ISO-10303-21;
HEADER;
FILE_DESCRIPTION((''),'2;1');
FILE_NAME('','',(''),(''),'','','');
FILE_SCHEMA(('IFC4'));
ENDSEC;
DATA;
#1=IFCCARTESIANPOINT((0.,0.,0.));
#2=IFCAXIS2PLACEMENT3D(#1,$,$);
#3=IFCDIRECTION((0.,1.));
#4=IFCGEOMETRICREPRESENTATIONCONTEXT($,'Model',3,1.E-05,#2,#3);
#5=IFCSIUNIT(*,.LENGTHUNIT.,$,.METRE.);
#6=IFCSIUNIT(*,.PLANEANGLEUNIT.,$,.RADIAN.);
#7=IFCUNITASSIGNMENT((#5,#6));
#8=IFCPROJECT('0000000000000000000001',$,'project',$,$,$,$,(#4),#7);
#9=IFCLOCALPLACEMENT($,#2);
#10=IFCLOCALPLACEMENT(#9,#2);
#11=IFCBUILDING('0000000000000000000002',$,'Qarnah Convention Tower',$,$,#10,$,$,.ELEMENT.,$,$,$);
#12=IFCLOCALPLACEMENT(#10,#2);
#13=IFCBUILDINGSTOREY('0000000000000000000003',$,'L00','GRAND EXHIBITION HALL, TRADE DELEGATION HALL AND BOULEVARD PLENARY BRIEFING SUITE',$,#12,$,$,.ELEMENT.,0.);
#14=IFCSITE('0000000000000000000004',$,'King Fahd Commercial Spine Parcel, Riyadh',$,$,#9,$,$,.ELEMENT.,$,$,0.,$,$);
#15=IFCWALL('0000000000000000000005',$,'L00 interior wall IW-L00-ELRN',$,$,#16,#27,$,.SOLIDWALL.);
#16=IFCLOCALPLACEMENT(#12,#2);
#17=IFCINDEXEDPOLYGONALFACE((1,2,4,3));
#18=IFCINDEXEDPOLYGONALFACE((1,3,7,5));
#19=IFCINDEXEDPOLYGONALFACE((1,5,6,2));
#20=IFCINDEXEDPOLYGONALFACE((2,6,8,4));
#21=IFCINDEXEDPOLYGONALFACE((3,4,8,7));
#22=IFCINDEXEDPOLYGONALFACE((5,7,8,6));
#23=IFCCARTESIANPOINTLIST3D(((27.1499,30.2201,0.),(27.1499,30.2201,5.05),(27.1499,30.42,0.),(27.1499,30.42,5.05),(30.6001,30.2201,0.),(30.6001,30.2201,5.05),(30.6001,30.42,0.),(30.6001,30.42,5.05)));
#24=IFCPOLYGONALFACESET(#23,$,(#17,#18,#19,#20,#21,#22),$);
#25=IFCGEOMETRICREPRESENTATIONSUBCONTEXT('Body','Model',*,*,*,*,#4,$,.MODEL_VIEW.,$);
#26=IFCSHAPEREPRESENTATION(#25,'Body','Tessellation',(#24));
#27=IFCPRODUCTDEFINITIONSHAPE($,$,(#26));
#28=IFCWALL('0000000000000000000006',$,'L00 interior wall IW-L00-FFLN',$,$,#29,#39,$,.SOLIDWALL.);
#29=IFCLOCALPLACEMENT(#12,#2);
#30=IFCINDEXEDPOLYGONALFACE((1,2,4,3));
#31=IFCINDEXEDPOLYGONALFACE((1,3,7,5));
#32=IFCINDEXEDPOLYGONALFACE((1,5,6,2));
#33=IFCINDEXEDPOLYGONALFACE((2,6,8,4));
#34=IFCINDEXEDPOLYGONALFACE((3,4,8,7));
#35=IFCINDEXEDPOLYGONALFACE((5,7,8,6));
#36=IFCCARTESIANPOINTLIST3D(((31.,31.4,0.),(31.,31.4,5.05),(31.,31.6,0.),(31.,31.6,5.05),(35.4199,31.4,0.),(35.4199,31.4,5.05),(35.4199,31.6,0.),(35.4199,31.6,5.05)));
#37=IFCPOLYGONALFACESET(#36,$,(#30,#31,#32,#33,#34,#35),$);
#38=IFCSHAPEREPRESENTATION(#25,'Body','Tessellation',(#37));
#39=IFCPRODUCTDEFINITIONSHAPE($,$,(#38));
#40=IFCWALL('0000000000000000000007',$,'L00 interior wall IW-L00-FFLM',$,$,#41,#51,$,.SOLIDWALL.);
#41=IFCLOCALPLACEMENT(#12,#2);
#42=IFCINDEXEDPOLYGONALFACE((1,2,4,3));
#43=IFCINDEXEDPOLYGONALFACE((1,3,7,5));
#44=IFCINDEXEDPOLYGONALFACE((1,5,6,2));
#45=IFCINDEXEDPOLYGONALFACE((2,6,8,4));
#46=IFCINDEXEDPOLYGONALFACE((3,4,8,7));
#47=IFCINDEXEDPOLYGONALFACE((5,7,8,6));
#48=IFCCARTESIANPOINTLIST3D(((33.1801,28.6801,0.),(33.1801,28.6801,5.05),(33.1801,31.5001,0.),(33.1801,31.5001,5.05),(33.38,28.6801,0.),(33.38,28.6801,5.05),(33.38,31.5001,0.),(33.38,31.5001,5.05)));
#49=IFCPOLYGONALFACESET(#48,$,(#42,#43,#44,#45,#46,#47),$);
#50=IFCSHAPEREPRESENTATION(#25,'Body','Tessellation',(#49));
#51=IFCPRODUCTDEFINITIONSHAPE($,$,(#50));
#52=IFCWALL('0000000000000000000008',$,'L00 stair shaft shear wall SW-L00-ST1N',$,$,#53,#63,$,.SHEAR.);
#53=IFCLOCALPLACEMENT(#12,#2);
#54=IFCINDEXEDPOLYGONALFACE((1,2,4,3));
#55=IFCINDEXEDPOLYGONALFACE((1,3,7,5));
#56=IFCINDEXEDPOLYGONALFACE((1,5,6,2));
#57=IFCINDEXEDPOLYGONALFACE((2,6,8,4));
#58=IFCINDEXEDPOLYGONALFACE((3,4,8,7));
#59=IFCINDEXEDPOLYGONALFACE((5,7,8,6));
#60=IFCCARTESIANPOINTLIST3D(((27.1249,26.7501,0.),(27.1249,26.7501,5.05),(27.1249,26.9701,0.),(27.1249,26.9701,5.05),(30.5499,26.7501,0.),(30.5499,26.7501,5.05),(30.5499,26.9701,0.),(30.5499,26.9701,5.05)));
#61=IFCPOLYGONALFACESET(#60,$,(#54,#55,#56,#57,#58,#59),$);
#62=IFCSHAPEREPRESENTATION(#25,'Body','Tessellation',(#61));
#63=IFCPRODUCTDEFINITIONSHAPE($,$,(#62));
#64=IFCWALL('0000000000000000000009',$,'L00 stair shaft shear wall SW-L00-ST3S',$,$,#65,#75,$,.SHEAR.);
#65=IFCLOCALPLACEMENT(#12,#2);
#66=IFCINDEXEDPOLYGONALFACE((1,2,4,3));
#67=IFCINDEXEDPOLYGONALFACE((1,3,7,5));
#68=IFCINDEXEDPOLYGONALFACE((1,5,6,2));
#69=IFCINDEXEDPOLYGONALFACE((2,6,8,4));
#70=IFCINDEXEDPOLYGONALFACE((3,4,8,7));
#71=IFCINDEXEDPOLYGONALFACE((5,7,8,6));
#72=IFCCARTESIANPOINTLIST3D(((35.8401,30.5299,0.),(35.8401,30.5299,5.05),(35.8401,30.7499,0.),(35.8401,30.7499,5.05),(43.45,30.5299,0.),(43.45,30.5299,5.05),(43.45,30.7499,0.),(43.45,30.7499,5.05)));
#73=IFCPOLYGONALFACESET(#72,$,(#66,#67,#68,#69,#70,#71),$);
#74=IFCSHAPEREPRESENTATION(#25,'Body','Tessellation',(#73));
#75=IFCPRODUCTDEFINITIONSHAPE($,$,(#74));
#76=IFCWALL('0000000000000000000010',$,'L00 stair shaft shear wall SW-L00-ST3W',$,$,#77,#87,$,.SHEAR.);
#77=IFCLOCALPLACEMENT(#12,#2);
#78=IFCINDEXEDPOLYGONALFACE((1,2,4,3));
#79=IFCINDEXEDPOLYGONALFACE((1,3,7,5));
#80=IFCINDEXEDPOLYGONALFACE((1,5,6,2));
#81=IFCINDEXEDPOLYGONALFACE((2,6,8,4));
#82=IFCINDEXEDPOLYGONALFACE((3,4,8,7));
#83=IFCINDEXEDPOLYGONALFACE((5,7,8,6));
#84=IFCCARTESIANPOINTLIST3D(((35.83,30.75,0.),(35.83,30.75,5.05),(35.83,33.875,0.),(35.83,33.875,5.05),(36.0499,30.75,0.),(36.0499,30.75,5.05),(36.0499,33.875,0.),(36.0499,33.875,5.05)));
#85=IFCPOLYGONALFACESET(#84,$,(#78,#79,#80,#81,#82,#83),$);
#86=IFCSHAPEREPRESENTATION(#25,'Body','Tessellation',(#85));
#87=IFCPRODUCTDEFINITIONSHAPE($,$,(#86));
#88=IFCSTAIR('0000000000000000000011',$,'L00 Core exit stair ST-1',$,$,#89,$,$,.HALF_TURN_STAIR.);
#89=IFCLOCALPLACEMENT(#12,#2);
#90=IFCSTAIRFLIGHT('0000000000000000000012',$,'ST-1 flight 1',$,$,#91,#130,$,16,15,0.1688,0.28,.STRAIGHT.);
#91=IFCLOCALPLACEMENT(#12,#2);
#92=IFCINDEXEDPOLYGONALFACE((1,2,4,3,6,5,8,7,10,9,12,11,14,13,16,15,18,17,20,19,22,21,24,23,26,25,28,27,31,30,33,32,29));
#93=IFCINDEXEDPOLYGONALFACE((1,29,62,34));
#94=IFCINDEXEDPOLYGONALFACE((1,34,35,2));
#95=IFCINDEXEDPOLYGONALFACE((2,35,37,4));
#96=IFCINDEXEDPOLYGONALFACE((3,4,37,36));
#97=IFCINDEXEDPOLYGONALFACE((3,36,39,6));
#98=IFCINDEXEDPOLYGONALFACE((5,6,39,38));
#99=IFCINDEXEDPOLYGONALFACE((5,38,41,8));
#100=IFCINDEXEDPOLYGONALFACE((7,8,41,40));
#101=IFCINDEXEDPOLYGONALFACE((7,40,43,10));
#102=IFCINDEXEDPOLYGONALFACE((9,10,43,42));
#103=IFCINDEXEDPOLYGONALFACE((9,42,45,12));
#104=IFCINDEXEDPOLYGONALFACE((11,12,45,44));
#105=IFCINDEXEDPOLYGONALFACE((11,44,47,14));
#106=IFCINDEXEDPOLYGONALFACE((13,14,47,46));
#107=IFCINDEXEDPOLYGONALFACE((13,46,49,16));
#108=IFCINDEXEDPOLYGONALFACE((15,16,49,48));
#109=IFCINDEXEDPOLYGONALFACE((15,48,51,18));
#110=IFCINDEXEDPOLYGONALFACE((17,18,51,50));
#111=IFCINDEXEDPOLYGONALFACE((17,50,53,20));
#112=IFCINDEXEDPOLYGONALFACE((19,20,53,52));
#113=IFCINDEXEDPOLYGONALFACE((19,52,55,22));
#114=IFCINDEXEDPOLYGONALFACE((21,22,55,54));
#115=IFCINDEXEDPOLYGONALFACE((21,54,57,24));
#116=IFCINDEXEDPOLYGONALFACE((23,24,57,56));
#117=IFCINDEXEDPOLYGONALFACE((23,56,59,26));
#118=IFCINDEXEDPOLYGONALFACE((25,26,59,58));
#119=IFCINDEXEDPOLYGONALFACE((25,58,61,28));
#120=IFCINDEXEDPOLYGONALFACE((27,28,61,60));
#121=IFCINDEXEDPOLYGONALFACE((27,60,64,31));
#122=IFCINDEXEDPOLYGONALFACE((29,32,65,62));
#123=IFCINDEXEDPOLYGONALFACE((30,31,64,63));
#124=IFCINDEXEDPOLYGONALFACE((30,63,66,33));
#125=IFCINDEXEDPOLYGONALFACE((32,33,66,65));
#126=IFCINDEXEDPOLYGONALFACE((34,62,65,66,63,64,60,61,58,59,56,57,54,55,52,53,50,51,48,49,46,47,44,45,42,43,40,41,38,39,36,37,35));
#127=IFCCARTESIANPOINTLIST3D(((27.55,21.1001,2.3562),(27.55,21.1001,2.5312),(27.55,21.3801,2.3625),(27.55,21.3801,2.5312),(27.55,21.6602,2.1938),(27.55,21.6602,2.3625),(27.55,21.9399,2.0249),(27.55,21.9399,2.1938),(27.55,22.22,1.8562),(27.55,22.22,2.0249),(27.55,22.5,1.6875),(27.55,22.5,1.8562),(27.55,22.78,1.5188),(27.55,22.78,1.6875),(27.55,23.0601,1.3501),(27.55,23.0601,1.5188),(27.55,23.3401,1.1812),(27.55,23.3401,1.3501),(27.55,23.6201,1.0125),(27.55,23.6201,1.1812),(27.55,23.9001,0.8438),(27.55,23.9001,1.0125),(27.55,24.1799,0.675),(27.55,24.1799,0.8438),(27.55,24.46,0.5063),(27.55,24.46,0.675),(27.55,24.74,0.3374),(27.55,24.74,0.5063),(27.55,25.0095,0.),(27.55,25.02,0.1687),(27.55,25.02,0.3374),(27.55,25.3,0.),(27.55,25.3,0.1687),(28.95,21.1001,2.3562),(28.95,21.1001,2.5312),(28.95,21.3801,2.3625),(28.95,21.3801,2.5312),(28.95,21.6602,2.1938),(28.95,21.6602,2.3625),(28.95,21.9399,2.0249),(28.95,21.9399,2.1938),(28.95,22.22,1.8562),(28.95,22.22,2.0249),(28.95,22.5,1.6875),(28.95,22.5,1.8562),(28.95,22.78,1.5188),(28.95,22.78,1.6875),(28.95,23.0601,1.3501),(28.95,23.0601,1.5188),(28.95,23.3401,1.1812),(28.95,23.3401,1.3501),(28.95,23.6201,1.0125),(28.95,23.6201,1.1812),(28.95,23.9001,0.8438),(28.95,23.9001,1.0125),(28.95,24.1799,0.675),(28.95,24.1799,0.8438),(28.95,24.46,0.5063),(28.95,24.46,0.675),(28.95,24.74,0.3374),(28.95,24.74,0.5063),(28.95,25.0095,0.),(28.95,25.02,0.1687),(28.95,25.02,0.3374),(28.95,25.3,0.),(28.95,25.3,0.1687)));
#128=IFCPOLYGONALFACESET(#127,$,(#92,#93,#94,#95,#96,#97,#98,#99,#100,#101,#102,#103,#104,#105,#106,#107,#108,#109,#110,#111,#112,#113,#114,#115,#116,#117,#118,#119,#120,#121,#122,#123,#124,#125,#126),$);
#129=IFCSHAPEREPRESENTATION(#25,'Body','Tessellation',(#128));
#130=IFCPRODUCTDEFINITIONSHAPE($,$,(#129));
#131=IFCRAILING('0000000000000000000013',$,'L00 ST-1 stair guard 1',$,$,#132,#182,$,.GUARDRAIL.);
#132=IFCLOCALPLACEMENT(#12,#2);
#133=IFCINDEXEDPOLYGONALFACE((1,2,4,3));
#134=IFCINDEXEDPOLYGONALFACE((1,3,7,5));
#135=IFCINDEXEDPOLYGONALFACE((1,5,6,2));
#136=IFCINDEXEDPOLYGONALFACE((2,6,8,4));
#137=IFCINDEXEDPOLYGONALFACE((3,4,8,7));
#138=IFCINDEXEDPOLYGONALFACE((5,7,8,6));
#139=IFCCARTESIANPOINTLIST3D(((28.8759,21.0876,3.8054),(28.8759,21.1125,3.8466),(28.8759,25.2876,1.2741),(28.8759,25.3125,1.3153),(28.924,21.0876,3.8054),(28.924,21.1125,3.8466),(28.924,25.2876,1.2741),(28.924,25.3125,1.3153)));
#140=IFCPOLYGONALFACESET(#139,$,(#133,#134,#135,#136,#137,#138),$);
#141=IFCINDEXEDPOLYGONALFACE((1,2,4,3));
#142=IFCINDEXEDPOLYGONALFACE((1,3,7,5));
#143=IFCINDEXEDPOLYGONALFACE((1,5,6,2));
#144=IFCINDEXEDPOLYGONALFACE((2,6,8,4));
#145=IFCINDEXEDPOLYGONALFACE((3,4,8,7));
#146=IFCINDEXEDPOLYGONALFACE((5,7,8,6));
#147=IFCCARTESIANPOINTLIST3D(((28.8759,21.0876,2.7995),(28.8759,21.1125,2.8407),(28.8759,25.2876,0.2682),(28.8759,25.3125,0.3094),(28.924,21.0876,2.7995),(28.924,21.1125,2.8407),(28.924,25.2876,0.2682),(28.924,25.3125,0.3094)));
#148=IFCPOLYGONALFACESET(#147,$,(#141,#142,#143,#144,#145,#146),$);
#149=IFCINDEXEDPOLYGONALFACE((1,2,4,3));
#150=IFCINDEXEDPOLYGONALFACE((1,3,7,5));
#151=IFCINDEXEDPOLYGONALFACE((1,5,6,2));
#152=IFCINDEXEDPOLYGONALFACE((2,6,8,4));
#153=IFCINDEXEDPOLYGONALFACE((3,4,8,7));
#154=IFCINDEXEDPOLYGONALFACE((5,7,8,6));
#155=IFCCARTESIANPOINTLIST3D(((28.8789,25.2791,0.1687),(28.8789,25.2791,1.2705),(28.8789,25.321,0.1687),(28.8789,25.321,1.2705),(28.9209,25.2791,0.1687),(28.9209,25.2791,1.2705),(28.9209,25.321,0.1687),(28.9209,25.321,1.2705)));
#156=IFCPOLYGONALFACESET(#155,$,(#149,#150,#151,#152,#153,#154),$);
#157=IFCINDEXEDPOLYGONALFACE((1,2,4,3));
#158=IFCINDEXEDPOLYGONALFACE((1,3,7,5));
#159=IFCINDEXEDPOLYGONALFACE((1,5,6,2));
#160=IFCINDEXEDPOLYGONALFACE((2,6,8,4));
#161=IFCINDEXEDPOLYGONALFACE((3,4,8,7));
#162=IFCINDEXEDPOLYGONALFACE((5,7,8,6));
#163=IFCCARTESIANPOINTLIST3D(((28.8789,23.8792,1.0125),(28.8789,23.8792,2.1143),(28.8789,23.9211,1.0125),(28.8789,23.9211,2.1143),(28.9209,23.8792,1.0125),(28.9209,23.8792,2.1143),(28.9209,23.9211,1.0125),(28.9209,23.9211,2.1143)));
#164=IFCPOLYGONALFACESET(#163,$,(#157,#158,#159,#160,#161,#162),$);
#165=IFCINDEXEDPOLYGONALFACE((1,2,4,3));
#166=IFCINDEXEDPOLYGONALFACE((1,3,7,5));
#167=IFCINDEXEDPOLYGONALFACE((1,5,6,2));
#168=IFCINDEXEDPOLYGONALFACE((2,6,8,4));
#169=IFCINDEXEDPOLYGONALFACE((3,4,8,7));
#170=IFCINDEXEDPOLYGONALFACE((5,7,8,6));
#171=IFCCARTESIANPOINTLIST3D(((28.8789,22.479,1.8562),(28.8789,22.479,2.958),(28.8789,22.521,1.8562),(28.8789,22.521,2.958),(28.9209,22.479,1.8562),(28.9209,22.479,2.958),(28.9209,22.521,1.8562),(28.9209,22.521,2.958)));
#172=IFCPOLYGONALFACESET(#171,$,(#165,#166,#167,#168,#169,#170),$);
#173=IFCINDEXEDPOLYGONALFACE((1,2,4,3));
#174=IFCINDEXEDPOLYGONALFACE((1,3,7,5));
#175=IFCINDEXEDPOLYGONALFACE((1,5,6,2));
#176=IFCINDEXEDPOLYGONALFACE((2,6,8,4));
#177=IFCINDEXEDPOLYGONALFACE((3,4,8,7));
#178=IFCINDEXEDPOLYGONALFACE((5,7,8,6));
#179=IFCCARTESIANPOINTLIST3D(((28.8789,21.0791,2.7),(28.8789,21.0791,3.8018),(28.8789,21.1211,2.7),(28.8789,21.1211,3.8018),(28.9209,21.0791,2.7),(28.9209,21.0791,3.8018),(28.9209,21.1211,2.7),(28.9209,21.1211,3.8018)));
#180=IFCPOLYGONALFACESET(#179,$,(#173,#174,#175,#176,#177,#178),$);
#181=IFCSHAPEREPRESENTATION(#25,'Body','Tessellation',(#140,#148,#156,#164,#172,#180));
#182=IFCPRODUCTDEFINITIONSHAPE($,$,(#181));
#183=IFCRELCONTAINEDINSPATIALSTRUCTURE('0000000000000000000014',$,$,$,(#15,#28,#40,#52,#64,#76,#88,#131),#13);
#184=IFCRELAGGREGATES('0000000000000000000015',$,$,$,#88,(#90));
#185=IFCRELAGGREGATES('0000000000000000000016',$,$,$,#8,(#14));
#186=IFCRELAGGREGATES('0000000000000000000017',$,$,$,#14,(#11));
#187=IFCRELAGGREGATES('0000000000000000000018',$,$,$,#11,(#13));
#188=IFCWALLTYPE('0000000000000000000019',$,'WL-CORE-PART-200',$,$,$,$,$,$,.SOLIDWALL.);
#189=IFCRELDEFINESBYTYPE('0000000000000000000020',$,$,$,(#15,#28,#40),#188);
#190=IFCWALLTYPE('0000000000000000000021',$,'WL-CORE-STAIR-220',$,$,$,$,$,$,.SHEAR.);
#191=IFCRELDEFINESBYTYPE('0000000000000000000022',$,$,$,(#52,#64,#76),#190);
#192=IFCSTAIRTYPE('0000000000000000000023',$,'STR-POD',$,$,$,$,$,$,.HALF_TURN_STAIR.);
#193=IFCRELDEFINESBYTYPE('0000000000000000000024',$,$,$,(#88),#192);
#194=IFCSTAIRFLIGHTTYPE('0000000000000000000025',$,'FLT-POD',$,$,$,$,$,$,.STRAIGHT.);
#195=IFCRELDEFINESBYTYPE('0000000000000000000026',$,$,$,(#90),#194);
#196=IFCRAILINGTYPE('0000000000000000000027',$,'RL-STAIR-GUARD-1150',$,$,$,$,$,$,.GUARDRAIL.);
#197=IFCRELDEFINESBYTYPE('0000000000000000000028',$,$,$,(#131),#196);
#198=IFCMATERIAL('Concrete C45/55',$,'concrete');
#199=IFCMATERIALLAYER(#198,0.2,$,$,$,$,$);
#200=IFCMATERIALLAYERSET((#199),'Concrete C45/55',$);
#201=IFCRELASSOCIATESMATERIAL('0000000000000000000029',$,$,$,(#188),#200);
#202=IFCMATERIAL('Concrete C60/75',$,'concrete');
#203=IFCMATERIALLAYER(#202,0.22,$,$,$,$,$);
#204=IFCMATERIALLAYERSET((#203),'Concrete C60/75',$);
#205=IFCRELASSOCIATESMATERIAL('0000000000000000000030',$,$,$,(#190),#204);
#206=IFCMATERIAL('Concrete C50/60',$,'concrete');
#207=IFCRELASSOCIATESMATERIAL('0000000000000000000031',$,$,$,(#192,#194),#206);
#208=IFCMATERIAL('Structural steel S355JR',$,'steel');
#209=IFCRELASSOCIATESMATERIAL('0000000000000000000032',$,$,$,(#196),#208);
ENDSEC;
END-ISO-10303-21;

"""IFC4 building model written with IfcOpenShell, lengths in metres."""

from ifc_helpers import new_model, si_unit, direction, frame, frame_2d, origin, origin_2d, place, context, subcontext, project, spatial, polyline, rectangle, outline, extrude, material, layer, layer_set, type_object, element, aggregate, save


model = new_model("IFC4")

# Units and contexts
model_context = context("Model", 3, precision=1e-05, world=origin(), true_north=direction((0.0, 1.0)))
body_context = subcontext(model_context, "Body", "Model", "MODEL_VIEW")
ifc_project = project(units=[si_unit("LENGTHUNIT", "METRE"), si_unit("PLANEANGLEUNIT", "RADIAN")], contexts=[model_context])

# Site, building, storey
site_placement = place(None, origin())
site = spatial("IfcSite", under=ifc_project, at=site_placement, Name="King Fahd Commercial Spine Parcel, Riyadh", CompositionType="ELEMENT", RefElevation=0.0)
building_placement = place(site_placement, origin())
building = spatial("IfcBuilding", under=site, at=building_placement, Name="Qarnah Convention Tower", CompositionType="ELEMENT")
storey_placement = place(building_placement, origin())
storey = spatial("IfcBuildingStorey", under=building, at=storey_placement, Name="L00", Description="GRAND EXHIBITION HALL, TRADE DELEGATION HALL AND BOULEVARD PLENARY BRIEFING SUITE", CompositionType="ELEMENT", Elevation=0.0)

# Wall
ifc_material_1 = material(Name="Concrete C45/55", Category="concrete")
ifc_layer_1 = layer(ifc_material_1, 0.2)
ifc_layer_set_1 = layer_set([ifc_layer_1], Name="Concrete C45/55")
wall_type_1 = type_object("IfcWallType", Name="WL-CORE-PART-200", PredefinedType="SOLIDWALL", material=ifc_layer_set_1)
wall_1_placement = place(storey_placement, frame((27.1499, 30.3201, 0.0), z_axis=(0.0, 0.0, 1.0), x_axis=(1.0, 0.0, 0.0)))
element("IfcWall", 1, at=wall_1_placement, inside=storey, type_object=wall_type_1, Name="L00 interior wall IW-L00-ELRN", PredefinedType="SOLIDWALL", context=body_context, shape_type="SweptSolid", body=[
    extrude(rectangle(XDim=3.4502, YDim=0.2, at=frame_2d((1.7251, 0.0))), origin(), (0.0, 0.0, 1.0), 5.05),
])

# Shared definitions
ifc_material_2 = material(Name="Structural steel S355JR", Category="steel")

# Walls
wall_2_placement = place(storey_placement, frame((31.0, 31.5, 0.0), z_axis=(0.0, 0.0, 1.0), x_axis=(1.0, 0.0, 0.0)))
element("IfcWall", 2, at=wall_2_placement, inside=storey, type_object=wall_type_1, Name="L00 interior wall IW-L00-FFLN", PredefinedType="SOLIDWALL", context=body_context, shape_type="SweptSolid", body=[
    extrude(rectangle(XDim=4.4199, YDim=0.2, at=frame_2d((2.21, 0.0))), origin(), (0.0, 0.0, 1.0), 5.05),
])
wall_3_placement = place(storey_placement, frame((33.28, 28.6799, 0.0), z_axis=(0.0, 0.0, 1.0), x_axis=(0.0, 1.0, 0.0)))
element("IfcWall", 3, at=wall_3_placement, inside=storey, type_object=wall_type_1, Name="L00 interior wall IW-L00-FFLM", PredefinedType="SOLIDWALL", context=body_context, shape_type="SweptSolid", body=[
    extrude(rectangle(XDim=2.8201, YDim=0.2, at=frame_2d((1.4102, 0.0))), origin(), (0.0, 0.0, 1.0), 5.05),
])

# Walls
ifc_material_3 = material(Name="Concrete C60/75", Category="concrete")
ifc_layer_2 = layer(ifc_material_3, 0.22)
ifc_layer_set_2 = layer_set([ifc_layer_2], Name="Concrete C60/75")
wall_type_2 = type_object("IfcWallType", Name="WL-CORE-STAIR-220", PredefinedType="SHEAR", material=ifc_layer_set_2)
wall_4_placement = place(storey_placement, frame((27.125, 26.8601, 0.0), z_axis=(0.0, 0.0, 1.0), x_axis=(1.0, 0.0, 0.0)))
element("IfcWall", 4, at=wall_4_placement, inside=storey, type_object=wall_type_2, Name="L00 stair shaft shear wall SW-L00-ST1N", PredefinedType="SHEAR", context=body_context, shape_type="SweptSolid", body=[
    extrude(rectangle(XDim=3.425, YDim=0.22, at=frame_2d((1.7124, 0.0))), origin(), (0.0, 0.0, 1.0), 5.05),
])
wall_5_placement = place(storey_placement, frame((35.8401, 30.6399, 0.0), z_axis=(0.0, 0.0, 1.0), x_axis=(1.0, 0.0, 0.0)))
element("IfcWall", 5, at=wall_5_placement, inside=storey, type_object=wall_type_2, Name="L00 stair shaft shear wall SW-L00-ST3S", PredefinedType="SHEAR", context=body_context, shape_type="SweptSolid", body=[
    extrude(rectangle(XDim=7.6099, YDim=0.22, at=frame_2d((3.8049, 0.0))), origin(), (0.0, 0.0, 1.0), 5.05),
])
wall_6_placement = place(storey_placement, frame((35.9399, 30.75, 0.0), z_axis=(0.0, 0.0, 1.0), x_axis=(0.0, 1.0, 0.0)))
element("IfcWall", 6, at=wall_6_placement, inside=storey, type_object=wall_type_2, Name="L00 stair shaft shear wall SW-L00-ST3W", PredefinedType="SHEAR", context=body_context, shape_type="SweptSolid", body=[
    extrude(rectangle(XDim=3.125, YDim=0.22, at=frame_2d((1.5625, 0.0))), origin(), (0.0, 0.0, 1.0), 5.05),
])

# Stair, stair flight
ifc_material_4 = material(Name="Concrete C50/60", Category="concrete")
stair_type = type_object("IfcStairType", Name="STR-POD", PredefinedType="HALF_TURN_STAIR", material=ifc_material_4)
stair_placement = place(storey_placement, origin())
stair = element("IfcStair", 7, at=stair_placement, inside=storey, type_object=stair_type, Name="L00 Core exit stair ST-1", PredefinedType="HALF_TURN_STAIR")
stair_flight_type = type_object("IfcStairFlightType", Name="FLT-POD", PredefinedType="STRAIGHT", material=ifc_material_4)
stair_flight_placement = place(storey_placement, frame((28.25, 25.3, 0.0), z_axis=(0.0, 0.0, 1.0), x_axis=(0.0, -1.0, 0.0)))
stair_flight = element("IfcStairFlight", 8, at=stair_flight_placement, type_object=stair_flight_type, Name="ST-1 flight 1", NumberOfRisers=16, NumberOfTreads=15, PredefinedType="STRAIGHT", RiserHeight=0.1688, TreadLength=0.28, context=body_context, shape_type="SweptSolid", body=[
    extrude(outline(polyline([(0.0, 0.0), (0.0, 0.1687), (0.28, 0.1687), (0.28, 0.3374), (0.5601, 0.3374), (0.5601, 0.5063), (0.8401, 0.5063), (0.8401, 0.675), (1.1201, 0.675), (1.1201, 0.8438), (1.3999, 0.8438), (1.3999, 1.0125), (1.6799, 1.0125), (1.6799, 1.1812), (1.96, 1.1812), (1.96, 1.3501), (2.24, 1.3501), (2.24, 1.5188), (2.52, 1.5188), (2.52, 1.6875), (2.8, 1.6875), (2.8, 1.8562), (3.0801, 1.8562), (3.0801, 2.0249), (3.3601, 2.0249), (3.3601, 2.1938), (3.6399, 2.1938), (3.6399, 2.3625), (3.9199, 2.3625), (3.9199, 2.5312), (4.2, 2.5312), (4.2, 2.7), (4.2, 2.3562), (0.2905, 0.0), (0.0, 0.0)])), frame((0.0, 0.7, 0.0), z_axis=(0.0, -1.0, 0.0), x_axis=(1.0, 0.0, 0.0)), (0.0, 0.0, 1.0), 1.3999),
])
aggregate(stair, [stair_flight])

# Railing
railing_type = type_object("IfcRailingType", Name="RL-STAIR-GUARD-1150", PredefinedType="GUARDRAIL", material=ifc_material_2)
railing_1_placement = place(storey_placement, frame((28.8999, 25.3, 0.1687)))
element("IfcRailing", 9, at=railing_1_placement, inside=storey, type_object=railing_type, Name="L00 ST-1 stair guard 1", PredefinedType="GUARDRAIL", context=body_context, shape_type="SweptSolid", body=[
    extrude(rectangle(XDim=0.0481, YDim=0.0481, at=origin_2d()), frame((0.0, 0.0, 1.126), z_axis=(0.0, -0.856476, 0.516186), x_axis=(1.0, 0.0, 0.0)), (0.0, 0.0, 1.0), 4.9038),
    extrude(rectangle(XDim=0.0481, YDim=0.0481, at=origin_2d()), frame((0.0, 0.0, 0.1201), z_axis=(0.0, -0.856476, 0.516186), x_axis=(1.0, 0.0, 0.0)), (0.0, 0.0, 1.0), 4.9038),
    extrude(rectangle(XDim=0.042, YDim=0.042, at=origin_2d()), origin(), (0.0, 0.0, 1.0), 1.1018),
    extrude(rectangle(XDim=0.042, YDim=0.042, at=origin_2d()), frame((0.0, -1.3999, 0.8438)), (0.0, 0.0, 1.0), 1.1018),
    extrude(rectangle(XDim=0.042, YDim=0.042, at=origin_2d()), frame((0.0, -2.8, 1.6875)), (0.0, 0.0, 1.0), 1.1018),
    extrude(rectangle(XDim=0.042, YDim=0.042, at=origin_2d()), frame((0.0, -4.2, 2.5312)), (0.0, 0.0, 1.0), 1.1018),
])

save(model, "model.ifc")
